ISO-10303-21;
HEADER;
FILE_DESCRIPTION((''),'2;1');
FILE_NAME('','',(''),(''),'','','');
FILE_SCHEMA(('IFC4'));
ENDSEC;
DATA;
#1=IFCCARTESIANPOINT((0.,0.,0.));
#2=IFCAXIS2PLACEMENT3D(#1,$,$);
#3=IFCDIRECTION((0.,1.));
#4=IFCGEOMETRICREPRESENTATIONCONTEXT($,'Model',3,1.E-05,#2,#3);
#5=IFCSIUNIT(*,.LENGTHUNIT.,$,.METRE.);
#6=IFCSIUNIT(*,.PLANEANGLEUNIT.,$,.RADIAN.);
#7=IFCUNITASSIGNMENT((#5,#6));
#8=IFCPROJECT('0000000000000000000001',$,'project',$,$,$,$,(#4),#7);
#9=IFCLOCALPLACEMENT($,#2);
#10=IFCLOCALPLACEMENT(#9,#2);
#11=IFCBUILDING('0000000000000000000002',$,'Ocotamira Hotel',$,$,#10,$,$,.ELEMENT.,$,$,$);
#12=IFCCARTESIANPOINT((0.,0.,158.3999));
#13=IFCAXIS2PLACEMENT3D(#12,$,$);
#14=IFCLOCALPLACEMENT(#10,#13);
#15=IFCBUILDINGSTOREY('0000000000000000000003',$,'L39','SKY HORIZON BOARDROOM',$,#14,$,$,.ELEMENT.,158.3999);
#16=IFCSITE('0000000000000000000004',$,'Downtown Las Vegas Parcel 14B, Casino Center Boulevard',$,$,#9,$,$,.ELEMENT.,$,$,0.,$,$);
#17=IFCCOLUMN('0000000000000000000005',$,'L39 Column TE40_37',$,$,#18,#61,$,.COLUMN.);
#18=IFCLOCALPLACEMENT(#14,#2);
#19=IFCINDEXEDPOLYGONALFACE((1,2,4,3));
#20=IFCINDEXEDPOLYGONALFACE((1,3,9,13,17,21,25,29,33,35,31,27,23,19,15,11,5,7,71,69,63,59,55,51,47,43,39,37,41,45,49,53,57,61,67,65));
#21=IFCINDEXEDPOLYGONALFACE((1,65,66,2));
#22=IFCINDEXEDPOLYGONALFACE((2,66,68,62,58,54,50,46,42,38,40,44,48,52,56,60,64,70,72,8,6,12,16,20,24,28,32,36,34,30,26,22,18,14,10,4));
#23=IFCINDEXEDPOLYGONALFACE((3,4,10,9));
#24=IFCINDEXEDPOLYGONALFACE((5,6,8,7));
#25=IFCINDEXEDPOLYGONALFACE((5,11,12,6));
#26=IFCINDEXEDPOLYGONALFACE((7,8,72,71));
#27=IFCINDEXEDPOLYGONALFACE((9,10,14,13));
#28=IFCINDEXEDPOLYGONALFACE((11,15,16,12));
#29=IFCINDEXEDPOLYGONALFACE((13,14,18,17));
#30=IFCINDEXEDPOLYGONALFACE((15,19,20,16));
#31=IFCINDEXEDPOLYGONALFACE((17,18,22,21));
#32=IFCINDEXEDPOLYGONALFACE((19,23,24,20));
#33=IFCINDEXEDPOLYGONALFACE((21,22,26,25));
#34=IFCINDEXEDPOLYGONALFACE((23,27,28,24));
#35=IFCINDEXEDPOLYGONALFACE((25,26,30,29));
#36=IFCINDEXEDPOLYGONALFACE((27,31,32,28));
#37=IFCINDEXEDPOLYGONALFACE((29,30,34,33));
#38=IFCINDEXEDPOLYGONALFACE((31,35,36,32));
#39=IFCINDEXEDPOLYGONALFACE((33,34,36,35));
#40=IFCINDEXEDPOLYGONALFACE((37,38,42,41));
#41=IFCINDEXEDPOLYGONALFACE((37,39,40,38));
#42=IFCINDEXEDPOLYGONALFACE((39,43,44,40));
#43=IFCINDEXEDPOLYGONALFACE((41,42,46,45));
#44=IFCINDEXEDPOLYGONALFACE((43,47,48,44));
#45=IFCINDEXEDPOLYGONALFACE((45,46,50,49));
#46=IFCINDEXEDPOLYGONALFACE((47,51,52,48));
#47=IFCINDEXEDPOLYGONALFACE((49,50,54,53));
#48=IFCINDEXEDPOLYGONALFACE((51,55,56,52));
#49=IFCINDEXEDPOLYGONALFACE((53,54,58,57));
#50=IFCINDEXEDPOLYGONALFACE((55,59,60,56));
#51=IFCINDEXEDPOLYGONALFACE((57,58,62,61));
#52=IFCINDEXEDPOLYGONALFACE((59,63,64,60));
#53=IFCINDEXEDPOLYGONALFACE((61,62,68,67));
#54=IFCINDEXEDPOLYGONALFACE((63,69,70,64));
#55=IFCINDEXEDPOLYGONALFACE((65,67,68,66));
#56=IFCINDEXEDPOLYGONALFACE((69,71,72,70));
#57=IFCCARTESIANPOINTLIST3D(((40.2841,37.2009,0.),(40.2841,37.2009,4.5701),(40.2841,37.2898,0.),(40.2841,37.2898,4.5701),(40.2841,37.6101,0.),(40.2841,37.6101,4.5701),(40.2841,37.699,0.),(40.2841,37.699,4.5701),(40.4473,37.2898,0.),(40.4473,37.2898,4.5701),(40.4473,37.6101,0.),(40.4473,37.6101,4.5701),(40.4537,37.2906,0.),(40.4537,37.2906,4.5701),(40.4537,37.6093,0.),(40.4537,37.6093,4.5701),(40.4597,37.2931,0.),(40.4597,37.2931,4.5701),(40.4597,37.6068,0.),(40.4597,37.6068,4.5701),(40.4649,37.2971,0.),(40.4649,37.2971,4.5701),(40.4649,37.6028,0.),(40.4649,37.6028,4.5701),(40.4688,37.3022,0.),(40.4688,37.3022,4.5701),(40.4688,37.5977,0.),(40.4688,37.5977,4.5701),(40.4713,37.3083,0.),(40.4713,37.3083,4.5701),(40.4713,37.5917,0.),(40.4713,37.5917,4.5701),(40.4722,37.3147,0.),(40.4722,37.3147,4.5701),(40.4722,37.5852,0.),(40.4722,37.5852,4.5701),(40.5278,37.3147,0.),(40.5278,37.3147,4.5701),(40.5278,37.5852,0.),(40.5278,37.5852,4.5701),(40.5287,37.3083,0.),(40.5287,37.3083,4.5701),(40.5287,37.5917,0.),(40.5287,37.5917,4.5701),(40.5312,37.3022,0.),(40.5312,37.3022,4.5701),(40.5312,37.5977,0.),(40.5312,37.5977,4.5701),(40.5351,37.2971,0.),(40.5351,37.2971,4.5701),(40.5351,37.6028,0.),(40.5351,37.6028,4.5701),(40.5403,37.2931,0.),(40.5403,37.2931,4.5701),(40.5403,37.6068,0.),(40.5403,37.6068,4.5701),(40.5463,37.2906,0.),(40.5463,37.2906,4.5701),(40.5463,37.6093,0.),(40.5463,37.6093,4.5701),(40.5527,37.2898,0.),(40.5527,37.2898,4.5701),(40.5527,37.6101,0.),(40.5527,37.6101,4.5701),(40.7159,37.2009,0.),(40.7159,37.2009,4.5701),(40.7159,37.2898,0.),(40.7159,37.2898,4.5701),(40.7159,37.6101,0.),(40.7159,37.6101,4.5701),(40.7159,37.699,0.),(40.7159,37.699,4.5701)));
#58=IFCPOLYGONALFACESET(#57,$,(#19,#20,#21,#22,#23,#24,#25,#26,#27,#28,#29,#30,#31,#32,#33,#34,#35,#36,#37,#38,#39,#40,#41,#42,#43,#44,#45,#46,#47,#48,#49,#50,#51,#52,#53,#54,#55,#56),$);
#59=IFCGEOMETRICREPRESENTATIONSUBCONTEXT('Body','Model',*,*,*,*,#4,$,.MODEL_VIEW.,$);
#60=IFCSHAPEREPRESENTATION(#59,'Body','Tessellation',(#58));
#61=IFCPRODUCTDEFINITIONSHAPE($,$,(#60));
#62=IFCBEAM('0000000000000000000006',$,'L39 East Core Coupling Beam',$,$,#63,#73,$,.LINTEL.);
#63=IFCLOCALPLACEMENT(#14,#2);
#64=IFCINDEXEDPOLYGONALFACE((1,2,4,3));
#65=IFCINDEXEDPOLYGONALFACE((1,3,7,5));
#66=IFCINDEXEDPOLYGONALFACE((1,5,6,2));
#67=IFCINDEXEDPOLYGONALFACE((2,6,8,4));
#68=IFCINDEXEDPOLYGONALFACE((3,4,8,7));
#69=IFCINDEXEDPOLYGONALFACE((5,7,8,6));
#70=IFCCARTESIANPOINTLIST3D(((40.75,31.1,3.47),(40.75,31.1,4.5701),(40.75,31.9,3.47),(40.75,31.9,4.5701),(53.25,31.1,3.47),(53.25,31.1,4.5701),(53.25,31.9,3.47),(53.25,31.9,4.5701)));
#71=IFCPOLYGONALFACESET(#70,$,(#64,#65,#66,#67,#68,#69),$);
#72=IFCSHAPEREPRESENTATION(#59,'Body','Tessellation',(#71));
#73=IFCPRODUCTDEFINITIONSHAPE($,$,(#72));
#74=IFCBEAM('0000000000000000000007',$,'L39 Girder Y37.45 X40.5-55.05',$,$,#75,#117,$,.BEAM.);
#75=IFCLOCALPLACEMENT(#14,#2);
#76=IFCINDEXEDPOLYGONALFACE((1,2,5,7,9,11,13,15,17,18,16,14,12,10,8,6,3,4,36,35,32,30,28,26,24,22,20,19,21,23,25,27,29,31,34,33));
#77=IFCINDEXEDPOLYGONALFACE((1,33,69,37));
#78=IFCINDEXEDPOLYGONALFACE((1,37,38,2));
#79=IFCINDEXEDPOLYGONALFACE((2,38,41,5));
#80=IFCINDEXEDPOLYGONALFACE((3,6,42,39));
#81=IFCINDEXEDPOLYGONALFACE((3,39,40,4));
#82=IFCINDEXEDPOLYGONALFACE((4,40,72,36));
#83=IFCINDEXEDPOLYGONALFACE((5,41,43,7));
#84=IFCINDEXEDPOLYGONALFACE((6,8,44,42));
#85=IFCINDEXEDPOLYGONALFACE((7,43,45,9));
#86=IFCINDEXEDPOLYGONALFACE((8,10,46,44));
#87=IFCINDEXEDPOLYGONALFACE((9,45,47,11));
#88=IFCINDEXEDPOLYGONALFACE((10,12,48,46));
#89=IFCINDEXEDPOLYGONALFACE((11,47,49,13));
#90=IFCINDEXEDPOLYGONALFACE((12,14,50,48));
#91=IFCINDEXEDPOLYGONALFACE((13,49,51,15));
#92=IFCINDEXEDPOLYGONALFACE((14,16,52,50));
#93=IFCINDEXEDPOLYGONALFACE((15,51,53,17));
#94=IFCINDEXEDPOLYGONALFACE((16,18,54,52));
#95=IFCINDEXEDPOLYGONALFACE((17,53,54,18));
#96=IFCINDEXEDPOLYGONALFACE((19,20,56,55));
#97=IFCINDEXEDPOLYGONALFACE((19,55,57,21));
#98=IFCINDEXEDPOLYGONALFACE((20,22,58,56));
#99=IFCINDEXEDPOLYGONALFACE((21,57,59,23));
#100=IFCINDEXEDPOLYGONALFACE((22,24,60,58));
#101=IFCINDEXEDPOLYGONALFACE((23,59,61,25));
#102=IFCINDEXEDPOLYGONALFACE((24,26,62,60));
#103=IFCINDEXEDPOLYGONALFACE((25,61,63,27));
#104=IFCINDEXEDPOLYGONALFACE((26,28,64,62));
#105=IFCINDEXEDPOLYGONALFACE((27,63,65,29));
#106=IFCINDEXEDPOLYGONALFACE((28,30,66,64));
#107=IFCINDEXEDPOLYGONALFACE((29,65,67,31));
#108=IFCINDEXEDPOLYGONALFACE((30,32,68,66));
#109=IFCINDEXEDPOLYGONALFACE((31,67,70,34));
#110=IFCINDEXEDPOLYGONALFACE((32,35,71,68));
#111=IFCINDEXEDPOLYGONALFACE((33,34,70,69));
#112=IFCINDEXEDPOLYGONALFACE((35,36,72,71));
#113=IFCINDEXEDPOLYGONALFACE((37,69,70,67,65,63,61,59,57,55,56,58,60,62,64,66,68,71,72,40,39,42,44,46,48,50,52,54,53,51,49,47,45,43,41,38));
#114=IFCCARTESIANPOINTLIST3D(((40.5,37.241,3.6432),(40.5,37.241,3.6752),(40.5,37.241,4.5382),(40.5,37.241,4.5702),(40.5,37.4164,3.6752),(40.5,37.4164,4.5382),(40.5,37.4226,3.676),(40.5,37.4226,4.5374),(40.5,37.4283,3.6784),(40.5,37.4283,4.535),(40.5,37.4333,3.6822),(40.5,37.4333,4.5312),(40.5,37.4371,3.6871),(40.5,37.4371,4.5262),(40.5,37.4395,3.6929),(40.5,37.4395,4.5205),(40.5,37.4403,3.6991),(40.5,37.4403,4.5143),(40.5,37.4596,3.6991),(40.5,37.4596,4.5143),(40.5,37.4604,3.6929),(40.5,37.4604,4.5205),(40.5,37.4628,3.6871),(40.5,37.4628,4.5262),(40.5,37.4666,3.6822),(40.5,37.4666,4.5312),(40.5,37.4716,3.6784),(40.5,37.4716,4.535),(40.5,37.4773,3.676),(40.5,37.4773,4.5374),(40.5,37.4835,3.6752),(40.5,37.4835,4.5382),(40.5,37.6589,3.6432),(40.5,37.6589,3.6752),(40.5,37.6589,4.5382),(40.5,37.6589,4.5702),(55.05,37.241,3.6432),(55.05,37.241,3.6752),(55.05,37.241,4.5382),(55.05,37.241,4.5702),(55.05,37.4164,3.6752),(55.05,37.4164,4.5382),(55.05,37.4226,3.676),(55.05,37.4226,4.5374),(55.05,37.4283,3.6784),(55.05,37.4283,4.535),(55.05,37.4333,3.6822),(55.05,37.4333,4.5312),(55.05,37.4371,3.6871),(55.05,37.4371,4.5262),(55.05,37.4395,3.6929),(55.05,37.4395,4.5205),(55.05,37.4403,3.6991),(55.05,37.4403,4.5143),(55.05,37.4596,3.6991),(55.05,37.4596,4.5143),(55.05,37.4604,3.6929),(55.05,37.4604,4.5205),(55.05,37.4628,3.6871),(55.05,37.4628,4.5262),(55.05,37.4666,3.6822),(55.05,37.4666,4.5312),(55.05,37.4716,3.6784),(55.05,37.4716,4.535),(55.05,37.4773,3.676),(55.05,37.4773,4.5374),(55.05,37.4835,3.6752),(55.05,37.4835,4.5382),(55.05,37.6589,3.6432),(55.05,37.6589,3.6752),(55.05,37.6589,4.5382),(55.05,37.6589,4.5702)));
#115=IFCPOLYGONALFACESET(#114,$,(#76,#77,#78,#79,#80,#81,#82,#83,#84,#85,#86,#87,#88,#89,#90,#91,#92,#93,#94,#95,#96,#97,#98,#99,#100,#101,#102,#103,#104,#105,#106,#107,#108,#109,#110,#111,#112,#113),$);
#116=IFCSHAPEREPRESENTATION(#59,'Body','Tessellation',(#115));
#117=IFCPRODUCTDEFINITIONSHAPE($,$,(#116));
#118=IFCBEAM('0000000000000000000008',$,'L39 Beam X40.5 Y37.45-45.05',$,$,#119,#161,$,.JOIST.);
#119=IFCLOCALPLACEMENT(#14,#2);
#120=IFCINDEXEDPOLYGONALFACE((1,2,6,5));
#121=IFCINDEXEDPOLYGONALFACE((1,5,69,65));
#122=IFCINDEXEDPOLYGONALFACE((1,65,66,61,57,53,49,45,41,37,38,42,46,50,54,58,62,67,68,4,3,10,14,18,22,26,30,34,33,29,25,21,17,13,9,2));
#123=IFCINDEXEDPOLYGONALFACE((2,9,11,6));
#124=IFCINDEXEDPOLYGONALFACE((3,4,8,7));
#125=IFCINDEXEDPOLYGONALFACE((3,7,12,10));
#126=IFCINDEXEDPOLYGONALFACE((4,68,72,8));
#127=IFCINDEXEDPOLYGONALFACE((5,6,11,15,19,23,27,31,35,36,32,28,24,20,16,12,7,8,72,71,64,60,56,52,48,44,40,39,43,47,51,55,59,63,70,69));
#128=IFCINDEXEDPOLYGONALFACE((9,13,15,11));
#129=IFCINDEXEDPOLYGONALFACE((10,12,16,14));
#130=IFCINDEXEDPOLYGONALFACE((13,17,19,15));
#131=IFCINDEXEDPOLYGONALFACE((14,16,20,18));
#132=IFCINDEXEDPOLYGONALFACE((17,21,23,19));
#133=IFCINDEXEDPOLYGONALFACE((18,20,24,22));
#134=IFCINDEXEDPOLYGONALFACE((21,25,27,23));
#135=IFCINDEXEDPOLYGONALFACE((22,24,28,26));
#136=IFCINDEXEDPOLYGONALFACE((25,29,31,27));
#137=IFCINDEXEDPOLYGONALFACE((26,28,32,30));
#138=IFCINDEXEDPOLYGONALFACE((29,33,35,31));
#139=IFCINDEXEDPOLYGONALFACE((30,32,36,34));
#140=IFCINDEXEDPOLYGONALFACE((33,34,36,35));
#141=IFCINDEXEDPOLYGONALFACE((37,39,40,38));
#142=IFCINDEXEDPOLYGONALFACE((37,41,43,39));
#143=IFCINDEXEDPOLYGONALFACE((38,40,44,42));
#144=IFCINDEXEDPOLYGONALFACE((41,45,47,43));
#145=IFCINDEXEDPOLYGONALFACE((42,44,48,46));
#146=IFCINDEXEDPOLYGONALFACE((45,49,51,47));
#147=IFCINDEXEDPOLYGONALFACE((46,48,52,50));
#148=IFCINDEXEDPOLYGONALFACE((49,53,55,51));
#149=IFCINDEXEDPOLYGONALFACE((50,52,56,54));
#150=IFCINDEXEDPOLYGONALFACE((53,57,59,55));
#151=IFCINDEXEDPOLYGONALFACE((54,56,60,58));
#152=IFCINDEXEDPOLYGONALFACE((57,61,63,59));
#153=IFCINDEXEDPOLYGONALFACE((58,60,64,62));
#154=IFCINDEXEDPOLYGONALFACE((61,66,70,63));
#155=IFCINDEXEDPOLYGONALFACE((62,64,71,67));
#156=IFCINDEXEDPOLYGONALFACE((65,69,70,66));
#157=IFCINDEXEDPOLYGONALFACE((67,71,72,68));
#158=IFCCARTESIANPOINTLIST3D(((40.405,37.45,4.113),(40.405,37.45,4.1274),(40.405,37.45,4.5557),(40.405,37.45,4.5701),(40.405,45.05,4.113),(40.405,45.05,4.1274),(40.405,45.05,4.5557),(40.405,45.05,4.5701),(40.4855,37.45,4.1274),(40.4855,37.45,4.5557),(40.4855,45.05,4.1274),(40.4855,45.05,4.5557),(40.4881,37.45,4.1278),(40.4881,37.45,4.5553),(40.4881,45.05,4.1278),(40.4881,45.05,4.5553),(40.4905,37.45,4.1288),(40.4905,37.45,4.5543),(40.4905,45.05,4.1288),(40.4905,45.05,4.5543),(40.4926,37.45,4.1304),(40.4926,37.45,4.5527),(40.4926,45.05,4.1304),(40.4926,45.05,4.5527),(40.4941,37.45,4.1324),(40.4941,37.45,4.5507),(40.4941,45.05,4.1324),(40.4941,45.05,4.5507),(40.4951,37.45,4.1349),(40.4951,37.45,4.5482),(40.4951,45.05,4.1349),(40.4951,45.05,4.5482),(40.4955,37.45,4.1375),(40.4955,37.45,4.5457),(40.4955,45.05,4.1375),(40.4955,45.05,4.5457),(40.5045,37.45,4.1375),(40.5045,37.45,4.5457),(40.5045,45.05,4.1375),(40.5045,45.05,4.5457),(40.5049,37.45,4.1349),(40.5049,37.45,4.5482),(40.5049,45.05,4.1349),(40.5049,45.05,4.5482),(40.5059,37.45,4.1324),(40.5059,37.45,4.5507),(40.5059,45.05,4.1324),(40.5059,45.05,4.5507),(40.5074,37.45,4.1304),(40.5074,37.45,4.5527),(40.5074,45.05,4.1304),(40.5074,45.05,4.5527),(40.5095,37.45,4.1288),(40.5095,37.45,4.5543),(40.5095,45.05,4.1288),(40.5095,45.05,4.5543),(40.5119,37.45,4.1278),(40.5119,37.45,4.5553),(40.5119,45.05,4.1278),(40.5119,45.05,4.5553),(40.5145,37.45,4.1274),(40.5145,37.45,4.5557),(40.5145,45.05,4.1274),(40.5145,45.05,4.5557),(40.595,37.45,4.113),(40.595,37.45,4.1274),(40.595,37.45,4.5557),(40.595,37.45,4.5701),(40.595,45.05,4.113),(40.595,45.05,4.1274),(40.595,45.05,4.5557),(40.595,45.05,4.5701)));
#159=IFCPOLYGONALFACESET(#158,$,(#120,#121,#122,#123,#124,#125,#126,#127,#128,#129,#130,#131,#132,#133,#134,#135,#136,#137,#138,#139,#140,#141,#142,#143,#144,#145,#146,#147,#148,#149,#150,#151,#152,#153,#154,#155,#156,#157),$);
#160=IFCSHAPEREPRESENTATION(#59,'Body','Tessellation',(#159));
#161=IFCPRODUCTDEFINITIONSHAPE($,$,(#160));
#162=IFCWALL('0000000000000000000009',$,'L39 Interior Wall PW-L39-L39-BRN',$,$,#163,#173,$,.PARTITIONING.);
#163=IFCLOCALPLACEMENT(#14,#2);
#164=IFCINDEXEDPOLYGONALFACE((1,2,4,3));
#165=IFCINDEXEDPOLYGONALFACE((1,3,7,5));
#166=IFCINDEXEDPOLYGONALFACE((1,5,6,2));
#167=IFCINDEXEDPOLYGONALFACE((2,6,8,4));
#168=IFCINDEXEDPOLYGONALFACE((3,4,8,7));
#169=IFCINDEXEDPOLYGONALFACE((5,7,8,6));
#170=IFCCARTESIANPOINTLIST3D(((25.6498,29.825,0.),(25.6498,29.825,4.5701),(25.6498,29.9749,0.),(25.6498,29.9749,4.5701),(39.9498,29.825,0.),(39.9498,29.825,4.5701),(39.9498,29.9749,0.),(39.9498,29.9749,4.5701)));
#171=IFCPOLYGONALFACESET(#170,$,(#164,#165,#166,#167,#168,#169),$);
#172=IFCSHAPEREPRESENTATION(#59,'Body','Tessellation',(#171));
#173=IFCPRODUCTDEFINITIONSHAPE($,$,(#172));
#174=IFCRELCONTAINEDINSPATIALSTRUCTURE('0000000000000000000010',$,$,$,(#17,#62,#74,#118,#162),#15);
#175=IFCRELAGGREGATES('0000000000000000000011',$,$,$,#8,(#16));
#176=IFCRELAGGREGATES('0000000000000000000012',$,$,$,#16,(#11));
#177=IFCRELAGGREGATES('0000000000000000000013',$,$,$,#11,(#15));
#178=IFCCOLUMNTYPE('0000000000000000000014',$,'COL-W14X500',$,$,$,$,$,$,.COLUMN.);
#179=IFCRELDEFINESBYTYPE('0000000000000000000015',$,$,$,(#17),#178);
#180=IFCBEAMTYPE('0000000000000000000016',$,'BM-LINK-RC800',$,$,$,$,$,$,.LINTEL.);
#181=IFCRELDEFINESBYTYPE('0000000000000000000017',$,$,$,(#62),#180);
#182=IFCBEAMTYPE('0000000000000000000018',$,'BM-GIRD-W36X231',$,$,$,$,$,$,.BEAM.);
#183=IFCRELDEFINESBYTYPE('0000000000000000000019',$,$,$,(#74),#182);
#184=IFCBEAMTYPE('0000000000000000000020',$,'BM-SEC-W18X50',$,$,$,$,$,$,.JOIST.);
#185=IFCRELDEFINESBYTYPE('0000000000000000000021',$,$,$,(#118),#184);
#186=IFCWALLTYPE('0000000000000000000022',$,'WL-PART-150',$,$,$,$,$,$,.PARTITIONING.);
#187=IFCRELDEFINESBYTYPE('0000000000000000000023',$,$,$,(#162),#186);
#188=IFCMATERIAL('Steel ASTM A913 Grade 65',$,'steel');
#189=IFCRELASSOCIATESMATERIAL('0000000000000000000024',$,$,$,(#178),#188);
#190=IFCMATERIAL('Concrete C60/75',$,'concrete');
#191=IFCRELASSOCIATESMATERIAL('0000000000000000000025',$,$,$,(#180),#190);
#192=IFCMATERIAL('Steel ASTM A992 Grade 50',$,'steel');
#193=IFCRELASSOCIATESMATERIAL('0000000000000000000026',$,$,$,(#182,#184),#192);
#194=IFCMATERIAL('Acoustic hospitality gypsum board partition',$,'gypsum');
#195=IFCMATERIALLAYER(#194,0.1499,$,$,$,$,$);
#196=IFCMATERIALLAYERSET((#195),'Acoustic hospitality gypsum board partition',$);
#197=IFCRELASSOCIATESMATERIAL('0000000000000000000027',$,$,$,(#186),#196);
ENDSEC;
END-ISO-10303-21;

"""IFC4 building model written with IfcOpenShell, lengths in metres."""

from ifc_helpers import new_model, si_unit, direction, frame, frame_2d, origin, origin_2d, place, context, subcontext, project, spatial, rectangle, i_section, extrude, source, transform, mapped, material, layer, layer_set, material_profile, profile_set, type_object, element, save


model = new_model("IFC4")

# Units and contexts
model_context = context("Model", 3, precision=1e-05, world=origin(), true_north=direction((0.0, 1.0)))
body_context = subcontext(model_context, "Body", "Model", "MODEL_VIEW")
ifc_project = project(units=[si_unit("LENGTHUNIT", "METRE"), si_unit("PLANEANGLEUNIT", "RADIAN")], contexts=[model_context])

# Site, building, storey
site_placement = place(None, origin())
site = spatial("IfcSite", under=ifc_project, at=site_placement, Name="Downtown Las Vegas Parcel 14B, Casino Center Boulevard", CompositionType="ELEMENT", RefElevation=0.0)
building_placement = place(site_placement, origin())
building = spatial("IfcBuilding", under=site, at=building_placement, Name="Ocotamira Hotel", CompositionType="ELEMENT")
storey_placement = place(building_placement, frame((0.0, 0.0, 158.3999)))
storey = spatial("IfcBuildingStorey", under=building, at=storey_placement, Name="L39", Description="SKY HORIZON BOARDROOM", CompositionType="ELEMENT", Elevation=158.3999)

# Column
ifc_material_1 = material(Name="Steel ASTM A913 Grade 65", Category="steel")
ifc_material_profile_1 = material_profile(ifc_material_1, i_section(OverallWidth=0.4319, OverallDepth=0.498, WebThickness=0.0557, FlangeThickness=0.0889, FilletRadius=0.0249, at=origin_2d()), Name="W14X500")
ifc_profile_set_1 = profile_set([ifc_material_profile_1], Name="Steel ASTM A913 Grade 65")
column_type = type_object("IfcColumnType", Name="COL-W14X500", PredefinedType="COLUMN", material=ifc_profile_set_1)
shared_shape_1 = source(origin(), body_context, "Body", "SweptSolid", [
    extrude(i_section(OverallWidth=0.4319, OverallDepth=0.498, WebThickness=0.0557, FlangeThickness=0.0889, FilletRadius=0.0249, at=origin_2d()), origin(), (0.0, 0.0, 1.0), 4.5701),
])
column_placement = place(storey_placement, frame((40.5, 37.45, 0.0), z_axis=(0.0, 0.0, 1.0), x_axis=(1.0, 0.0, 0.0)))
element("IfcColumn", 1, at=column_placement, inside=storey, type_object=column_type, Name="L39 Column TE40_37", PredefinedType="COLUMN", context=body_context, shape_type="MappedRepresentation", body=[
    mapped(shared_shape_1, transform((0.0, 0.0, 0.0), scale=1.0)),
])

# Beams
ifc_material_2 = material(Name="Concrete C60/75", Category="concrete")
ifc_material_profile_2 = material_profile(ifc_material_2, rectangle(XDim=0.8, YDim=1.1001, at=origin_2d()), Name="RC800X1100")
ifc_profile_set_2 = profile_set([ifc_material_profile_2], Name="Concrete C60/75")
beam_type_1 = type_object("IfcBeamType", Name="BM-LINK-RC800", PredefinedType="LINTEL", material=ifc_profile_set_2)
shared_shape_2 = source(origin(), body_context, "Body", "SweptSolid", [
    extrude(rectangle(XDim=0.8, YDim=1.1001, at=origin_2d()), origin(), (0.0, 0.0, 1.0), 12.5),
])
beam_1_placement = place(storey_placement, frame((40.75, 31.5, 4.02), z_axis=(1.0, 0.0, 0.0), x_axis=(0.0, 1.0, 0.0)))
element("IfcBeam", 2, at=beam_1_placement, inside=storey, type_object=beam_type_1, Name="L39 East Core Coupling Beam", PredefinedType="LINTEL", context=body_context, shape_type="MappedRepresentation", body=[
    mapped(shared_shape_2, transform((0.0, 0.0, 0.0), scale=1.0)),
])
ifc_material_3 = material(Name="Steel ASTM A992 Grade 50", Category="steel")
ifc_material_profile_3 = material_profile(ifc_material_3, i_section(OverallWidth=0.418, OverallDepth=0.927, WebThickness=0.0193, FlangeThickness=0.032, FilletRadius=0.0239, at=origin_2d()), Name="W36X231")
ifc_profile_set_3 = profile_set([ifc_material_profile_3], Name="Steel ASTM A992 Grade 50")
beam_type_2 = type_object("IfcBeamType", Name="BM-GIRD-W36X231", PredefinedType="BEAM", material=ifc_profile_set_3)
shared_shape_3 = source(origin(), body_context, "Body", "SweptSolid", [
    extrude(i_section(OverallWidth=0.418, OverallDepth=0.927, WebThickness=0.0193, FlangeThickness=0.032, FilletRadius=0.0239, at=origin_2d()), origin(), (0.0, 0.0, 1.0), 14.55),
])
beam_2_placement = place(storey_placement, frame((40.5, 37.45, 4.1067), z_axis=(1.0, 0.0, 0.0), x_axis=(0.0, 1.0, 0.0)))
element("IfcBeam", 3, at=beam_2_placement, inside=storey, type_object=beam_type_2, Name="L39 Girder Y37.45 X40.5-55.05", PredefinedType="BEAM", context=body_context, shape_type="MappedRepresentation", body=[
    mapped(shared_shape_3, transform((0.0, 0.0, 0.0), scale=1.0)),
])
ifc_material_profile_4 = material_profile(ifc_material_3, i_section(OverallWidth=0.1899, OverallDepth=0.457, WebThickness=0.009, FlangeThickness=0.0144, FilletRadius=0.01, at=origin_2d()), Name="W18X50")
ifc_profile_set_4 = profile_set([ifc_material_profile_4], Name="Steel ASTM A992 Grade 50")
beam_type_3 = type_object("IfcBeamType", Name="BM-SEC-W18X50", PredefinedType="JOIST", material=ifc_profile_set_4)
shared_shape_4 = source(origin(), body_context, "Body", "SweptSolid", [
    extrude(i_section(OverallWidth=0.1899, OverallDepth=0.457, WebThickness=0.009, FlangeThickness=0.0144, FilletRadius=0.01, at=origin_2d()), origin(), (0.0, 0.0, 1.0), 7.6001),
])
beam_3_placement = place(storey_placement, frame((40.5, 37.45, 4.3416), z_axis=(0.0, 1.0, 0.0), x_axis=(-1.0, 0.0, 0.0)))
element("IfcBeam", 4, at=beam_3_placement, inside=storey, type_object=beam_type_3, Name="L39 Beam X40.5 Y37.45-45.05", PredefinedType="JOIST", context=body_context, shape_type="MappedRepresentation", body=[
    mapped(shared_shape_4, transform((0.0, 0.0, 0.0), scale=1.0)),
])

# Wall
ifc_material_4 = material(Name="Acoustic hospitality gypsum board partition", Category="gypsum")
ifc_layer_1 = layer(ifc_material_4, 0.1499)
ifc_layer_set_1 = layer_set([ifc_layer_1], Name="Acoustic hospitality gypsum board partition")
wall_type_1 = type_object("IfcWallType", Name="WL-PART-150", PredefinedType="PARTITIONING", material=ifc_layer_set_1)
wall_1_placement = place(storey_placement, frame((25.6499, 29.8999, 0.0), z_axis=(0.0, 0.0, 1.0), x_axis=(1.0, 0.0, 0.0)))
element("IfcWall", 5, at=wall_1_placement, inside=storey, type_object=wall_type_1, Name="L39 Interior Wall PW-L39-L39-BRN", PredefinedType="PARTITIONING", context=body_context, shape_type="SweptSolid", body=[
    extrude(rectangle(XDim=14.3, YDim=0.1499, at=frame_2d((7.1499, 0.0))), origin(), (0.0, 0.0, 1.0), 4.5701),
])

save(model, "model.ifc")
